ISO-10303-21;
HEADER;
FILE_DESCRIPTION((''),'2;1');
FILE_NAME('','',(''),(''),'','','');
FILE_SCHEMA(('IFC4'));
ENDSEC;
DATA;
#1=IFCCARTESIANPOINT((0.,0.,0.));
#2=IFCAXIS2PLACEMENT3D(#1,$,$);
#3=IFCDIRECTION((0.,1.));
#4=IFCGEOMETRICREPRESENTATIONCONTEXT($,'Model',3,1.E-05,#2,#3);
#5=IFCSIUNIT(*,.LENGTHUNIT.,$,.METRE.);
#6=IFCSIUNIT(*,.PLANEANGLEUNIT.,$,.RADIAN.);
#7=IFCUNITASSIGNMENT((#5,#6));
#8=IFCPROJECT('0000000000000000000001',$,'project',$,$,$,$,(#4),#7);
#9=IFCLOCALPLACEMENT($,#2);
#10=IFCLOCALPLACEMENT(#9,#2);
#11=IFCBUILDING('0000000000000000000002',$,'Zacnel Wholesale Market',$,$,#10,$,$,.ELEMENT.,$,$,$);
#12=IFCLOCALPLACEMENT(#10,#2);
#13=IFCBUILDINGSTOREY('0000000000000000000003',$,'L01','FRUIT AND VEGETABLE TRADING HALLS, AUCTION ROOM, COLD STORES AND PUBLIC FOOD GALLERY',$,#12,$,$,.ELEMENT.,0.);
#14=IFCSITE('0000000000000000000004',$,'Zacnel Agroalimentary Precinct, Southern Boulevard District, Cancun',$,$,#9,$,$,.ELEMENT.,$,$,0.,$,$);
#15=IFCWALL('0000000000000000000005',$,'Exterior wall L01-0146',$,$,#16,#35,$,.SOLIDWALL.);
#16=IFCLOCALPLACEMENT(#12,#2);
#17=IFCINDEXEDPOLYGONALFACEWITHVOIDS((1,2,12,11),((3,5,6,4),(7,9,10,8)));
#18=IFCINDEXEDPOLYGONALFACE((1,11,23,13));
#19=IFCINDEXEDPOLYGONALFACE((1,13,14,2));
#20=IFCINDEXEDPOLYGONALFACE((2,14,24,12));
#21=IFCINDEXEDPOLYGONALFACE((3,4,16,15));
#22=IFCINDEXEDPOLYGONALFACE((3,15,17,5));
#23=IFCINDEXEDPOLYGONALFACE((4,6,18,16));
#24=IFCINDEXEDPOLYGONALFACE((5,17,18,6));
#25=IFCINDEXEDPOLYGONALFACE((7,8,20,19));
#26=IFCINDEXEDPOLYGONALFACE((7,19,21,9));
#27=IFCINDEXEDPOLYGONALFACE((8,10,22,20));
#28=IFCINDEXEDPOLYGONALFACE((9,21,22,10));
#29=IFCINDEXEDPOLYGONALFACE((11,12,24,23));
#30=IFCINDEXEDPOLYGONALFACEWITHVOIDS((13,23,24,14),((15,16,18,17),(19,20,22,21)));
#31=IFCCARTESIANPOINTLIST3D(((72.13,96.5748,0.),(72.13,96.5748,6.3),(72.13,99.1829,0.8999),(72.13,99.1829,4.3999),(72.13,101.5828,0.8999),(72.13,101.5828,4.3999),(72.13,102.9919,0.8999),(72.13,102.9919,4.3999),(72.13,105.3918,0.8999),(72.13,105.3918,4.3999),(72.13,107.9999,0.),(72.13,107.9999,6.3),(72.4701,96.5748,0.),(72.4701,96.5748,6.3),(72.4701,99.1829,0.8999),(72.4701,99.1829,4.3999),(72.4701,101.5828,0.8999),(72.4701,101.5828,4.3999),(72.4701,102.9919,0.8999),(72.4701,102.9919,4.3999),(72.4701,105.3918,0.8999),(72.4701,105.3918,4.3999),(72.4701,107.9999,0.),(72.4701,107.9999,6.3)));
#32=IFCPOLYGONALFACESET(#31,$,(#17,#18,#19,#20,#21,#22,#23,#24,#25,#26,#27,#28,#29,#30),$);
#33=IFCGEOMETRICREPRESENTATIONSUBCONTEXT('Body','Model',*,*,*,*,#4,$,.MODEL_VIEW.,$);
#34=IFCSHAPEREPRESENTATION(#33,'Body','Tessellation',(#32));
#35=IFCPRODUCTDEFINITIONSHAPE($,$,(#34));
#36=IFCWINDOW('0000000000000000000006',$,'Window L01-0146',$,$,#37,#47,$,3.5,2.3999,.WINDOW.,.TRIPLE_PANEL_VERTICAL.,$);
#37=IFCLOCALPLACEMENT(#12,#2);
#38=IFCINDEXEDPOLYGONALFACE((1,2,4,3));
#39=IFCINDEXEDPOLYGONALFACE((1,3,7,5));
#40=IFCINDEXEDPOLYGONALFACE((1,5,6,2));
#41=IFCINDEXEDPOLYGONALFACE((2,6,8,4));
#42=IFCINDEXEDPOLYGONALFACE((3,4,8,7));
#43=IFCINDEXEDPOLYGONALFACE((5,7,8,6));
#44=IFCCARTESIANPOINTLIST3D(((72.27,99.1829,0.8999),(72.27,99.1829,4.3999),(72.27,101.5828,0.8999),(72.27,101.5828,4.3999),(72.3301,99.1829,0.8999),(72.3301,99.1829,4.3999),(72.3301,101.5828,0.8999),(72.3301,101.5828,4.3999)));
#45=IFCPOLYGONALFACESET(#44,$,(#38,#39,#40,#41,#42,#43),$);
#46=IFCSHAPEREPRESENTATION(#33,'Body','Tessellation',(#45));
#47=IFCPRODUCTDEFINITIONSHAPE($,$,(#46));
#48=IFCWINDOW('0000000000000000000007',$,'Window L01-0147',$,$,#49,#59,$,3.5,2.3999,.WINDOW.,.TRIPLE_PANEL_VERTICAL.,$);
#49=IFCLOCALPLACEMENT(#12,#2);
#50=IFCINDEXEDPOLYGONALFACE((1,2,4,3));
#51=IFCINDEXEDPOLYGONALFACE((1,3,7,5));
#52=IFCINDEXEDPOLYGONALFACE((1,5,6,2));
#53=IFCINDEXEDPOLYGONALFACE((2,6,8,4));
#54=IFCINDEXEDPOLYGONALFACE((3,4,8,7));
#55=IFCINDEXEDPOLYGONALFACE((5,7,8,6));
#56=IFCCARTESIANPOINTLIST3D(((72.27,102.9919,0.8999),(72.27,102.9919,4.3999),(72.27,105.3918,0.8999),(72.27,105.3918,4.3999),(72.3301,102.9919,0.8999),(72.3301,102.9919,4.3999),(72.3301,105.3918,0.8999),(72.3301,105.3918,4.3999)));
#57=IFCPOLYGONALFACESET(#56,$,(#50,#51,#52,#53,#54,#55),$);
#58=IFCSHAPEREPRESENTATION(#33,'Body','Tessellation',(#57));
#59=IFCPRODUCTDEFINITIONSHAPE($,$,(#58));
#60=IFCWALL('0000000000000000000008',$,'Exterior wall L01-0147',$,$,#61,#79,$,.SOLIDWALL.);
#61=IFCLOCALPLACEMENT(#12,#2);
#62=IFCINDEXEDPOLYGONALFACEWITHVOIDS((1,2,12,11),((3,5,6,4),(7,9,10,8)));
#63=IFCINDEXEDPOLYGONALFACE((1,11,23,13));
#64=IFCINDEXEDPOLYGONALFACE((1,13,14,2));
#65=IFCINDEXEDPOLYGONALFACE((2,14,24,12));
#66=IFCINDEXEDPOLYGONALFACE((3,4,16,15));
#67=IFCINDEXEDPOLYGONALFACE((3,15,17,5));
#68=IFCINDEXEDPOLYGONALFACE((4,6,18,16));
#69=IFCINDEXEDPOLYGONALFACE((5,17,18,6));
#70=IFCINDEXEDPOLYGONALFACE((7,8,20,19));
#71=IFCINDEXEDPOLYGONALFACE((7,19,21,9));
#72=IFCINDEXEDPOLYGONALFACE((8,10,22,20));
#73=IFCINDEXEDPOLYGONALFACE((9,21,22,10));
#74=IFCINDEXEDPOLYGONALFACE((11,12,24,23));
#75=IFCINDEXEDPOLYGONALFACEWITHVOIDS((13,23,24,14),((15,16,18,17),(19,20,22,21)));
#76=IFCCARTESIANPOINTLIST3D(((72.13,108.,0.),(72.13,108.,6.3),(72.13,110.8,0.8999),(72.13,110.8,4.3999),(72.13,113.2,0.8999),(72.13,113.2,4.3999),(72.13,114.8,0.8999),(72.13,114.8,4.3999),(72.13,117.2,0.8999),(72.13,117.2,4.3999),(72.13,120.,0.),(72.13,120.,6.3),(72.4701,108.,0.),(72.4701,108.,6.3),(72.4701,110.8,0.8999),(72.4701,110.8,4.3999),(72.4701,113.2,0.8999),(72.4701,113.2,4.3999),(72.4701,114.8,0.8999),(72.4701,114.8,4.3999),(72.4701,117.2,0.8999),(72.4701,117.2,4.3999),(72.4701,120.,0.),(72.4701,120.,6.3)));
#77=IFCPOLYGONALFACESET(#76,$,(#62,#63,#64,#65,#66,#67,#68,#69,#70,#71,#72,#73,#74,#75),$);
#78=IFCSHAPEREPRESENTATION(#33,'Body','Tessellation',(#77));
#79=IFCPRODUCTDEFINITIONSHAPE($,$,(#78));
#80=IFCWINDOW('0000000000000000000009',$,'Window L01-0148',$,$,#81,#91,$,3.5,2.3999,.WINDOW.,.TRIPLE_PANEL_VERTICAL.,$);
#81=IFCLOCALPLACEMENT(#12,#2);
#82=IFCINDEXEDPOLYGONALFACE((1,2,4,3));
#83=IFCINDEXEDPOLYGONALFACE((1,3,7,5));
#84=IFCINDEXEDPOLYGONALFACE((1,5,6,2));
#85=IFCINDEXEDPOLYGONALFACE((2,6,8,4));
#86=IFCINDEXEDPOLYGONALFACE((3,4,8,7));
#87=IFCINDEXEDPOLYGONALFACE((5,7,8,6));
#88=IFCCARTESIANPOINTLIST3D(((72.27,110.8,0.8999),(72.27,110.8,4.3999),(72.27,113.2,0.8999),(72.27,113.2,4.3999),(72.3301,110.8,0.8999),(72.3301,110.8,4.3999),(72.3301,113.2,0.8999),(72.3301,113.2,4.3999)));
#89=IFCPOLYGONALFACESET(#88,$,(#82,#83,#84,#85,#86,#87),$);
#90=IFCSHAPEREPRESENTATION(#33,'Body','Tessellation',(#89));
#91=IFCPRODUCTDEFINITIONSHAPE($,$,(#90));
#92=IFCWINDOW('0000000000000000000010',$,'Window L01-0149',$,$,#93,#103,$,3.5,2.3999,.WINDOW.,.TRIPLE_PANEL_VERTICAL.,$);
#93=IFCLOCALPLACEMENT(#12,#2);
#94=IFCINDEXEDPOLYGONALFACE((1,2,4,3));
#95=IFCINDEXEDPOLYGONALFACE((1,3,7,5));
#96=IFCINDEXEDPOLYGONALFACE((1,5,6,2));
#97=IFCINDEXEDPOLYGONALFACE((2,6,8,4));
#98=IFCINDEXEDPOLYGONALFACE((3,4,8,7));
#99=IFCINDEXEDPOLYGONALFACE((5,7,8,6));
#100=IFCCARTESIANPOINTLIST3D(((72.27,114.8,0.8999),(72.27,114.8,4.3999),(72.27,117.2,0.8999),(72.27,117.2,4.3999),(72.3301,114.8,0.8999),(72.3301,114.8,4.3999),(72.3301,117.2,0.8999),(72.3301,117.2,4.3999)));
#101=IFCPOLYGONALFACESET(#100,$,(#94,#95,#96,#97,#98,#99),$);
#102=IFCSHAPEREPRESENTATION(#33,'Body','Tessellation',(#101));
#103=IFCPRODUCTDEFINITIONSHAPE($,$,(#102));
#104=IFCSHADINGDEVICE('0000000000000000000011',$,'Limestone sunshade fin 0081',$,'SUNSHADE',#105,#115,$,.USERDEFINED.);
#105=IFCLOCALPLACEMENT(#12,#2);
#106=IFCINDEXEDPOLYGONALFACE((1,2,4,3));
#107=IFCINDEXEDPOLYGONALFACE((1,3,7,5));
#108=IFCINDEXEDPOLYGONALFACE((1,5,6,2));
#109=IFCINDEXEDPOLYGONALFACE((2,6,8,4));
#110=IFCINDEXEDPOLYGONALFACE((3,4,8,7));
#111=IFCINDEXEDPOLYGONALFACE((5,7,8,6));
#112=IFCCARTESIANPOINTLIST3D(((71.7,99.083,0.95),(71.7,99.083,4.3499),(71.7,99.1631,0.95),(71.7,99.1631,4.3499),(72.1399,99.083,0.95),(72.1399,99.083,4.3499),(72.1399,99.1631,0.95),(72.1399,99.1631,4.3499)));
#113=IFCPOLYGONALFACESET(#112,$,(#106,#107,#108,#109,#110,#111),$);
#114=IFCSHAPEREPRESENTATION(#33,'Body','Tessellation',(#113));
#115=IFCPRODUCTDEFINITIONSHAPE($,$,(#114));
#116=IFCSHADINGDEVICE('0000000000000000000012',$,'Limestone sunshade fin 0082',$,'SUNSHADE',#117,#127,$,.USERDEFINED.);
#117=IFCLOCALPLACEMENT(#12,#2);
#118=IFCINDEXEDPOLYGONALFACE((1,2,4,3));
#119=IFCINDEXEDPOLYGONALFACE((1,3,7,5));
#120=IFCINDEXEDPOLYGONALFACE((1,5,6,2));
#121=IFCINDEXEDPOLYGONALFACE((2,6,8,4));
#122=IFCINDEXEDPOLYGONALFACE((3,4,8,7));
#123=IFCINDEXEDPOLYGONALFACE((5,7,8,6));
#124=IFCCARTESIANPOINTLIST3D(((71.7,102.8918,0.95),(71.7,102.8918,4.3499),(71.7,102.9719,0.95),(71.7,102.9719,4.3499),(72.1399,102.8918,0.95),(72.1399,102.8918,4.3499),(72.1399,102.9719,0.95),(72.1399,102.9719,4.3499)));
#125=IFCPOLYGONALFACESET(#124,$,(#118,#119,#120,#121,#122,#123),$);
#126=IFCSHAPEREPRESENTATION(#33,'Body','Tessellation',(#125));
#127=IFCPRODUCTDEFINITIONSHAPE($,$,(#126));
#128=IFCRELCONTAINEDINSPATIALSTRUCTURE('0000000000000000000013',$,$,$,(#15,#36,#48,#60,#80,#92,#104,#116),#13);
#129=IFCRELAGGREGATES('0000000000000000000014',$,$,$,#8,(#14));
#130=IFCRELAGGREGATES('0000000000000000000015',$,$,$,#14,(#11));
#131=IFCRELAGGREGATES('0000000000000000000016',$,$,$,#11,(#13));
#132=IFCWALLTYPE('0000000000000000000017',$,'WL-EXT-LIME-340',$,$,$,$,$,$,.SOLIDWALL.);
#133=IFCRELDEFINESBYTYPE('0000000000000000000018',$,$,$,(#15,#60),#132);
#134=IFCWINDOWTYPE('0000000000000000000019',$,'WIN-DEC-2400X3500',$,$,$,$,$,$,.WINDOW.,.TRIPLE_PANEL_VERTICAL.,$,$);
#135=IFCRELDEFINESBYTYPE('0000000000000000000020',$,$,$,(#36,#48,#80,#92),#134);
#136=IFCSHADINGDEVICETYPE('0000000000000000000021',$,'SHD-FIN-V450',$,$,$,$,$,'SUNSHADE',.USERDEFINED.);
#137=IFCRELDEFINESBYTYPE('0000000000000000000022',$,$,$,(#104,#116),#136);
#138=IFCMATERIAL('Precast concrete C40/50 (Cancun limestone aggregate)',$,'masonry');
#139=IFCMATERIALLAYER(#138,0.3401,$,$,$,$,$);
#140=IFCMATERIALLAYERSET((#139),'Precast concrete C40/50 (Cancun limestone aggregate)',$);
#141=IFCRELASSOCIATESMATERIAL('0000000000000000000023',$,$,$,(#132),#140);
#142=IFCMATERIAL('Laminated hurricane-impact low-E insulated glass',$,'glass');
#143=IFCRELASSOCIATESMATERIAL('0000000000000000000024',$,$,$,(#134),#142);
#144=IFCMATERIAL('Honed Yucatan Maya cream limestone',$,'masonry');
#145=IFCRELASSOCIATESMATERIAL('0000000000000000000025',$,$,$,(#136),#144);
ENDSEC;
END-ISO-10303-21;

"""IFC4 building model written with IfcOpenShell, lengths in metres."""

from ifc_helpers import new_model, si_unit, direction, frame, frame_2d, origin, origin_2d, place, context, subcontext, project, spatial, rectangle, extrude, material, layer, layer_set, type_object, element, fill, save


model = new_model("IFC4")

# Units and contexts
model_context = context("Model", 3, precision=1e-05, world=origin(), true_north=direction((0.0, 1.0)))
body_context = subcontext(model_context, "Body", "Model", "MODEL_VIEW")
ifc_project = project(units=[si_unit("LENGTHUNIT", "METRE"), si_unit("PLANEANGLEUNIT", "RADIAN")], contexts=[model_context])

# Site, building, storey
site_placement = place(None, origin())
site = spatial("IfcSite", under=ifc_project, at=site_placement, Name="Zacnel Agroalimentary Precinct, Southern Boulevard District, Cancun", CompositionType="ELEMENT", RefElevation=0.0)
building_placement = place(site_placement, origin())
building = spatial("IfcBuilding", under=site, at=building_placement, Name="Zacnel Wholesale Market", CompositionType="ELEMENT")
storey_placement = place(building_placement, origin())
storey = spatial("IfcBuildingStorey", under=building, at=storey_placement, Name="L01", Description="FRUIT AND VEGETABLE TRADING HALLS, AUCTION ROOM, COLD STORES AND PUBLIC FOOD GALLERY", CompositionType="ELEMENT", Elevation=0.0)

# Walls, openings, windows
ifc_material_1 = material(Name="Precast concrete C40/50 (Cancun limestone aggregate)", Category="masonry")
ifc_layer_1 = layer(ifc_material_1, 0.3401)
ifc_layer_set_1 = layer_set([ifc_layer_1], Name="Precast concrete C40/50 (Cancun limestone aggregate)")
wall_type_1 = type_object("IfcWallType", Name="WL-EXT-LIME-340", PredefinedType="SOLIDWALL", material=ifc_layer_set_1)
wall_1_placement = place(storey_placement, frame((72.3, 96.575, 0.0), z_axis=(0.0, 0.0, 1.0), x_axis=(0.0, 1.0, 0.0)))
wall_1 = element("IfcWall", 1, at=wall_1_placement, inside=storey, type_object=wall_type_1, Name="Exterior wall L01-0146", PredefinedType="SOLIDWALL", context=body_context, shape_type="SweptSolid", body=[
    extrude(rectangle(XDim=11.425, YDim=0.3401, at=frame_2d((5.7124, 0.0))), origin(), (0.0, 0.0, 1.0), 6.3),
])
opening_1_placement = place(wall_1_placement, frame((2.6079, 0.0, 0.8999)))
opening_1 = element("IfcOpeningElement", 2, at=opening_1_placement, cuts=wall_1, PredefinedType="OPENING", context=body_context, shape_type="SweptSolid", body=[
    extrude(rectangle(XDim=2.3999, YDim=3.5, at=frame_2d((1.2, 1.75))), frame((0.0, 0.1799, 0.0), z_axis=(0.0, -1.0, 0.0), x_axis=(1.0, 0.0, 0.0)), (0.0, 0.0, 1.0), 0.3601),
])
opening_2_placement = place(wall_1_placement, frame((6.417, 0.0, 0.8999)))
opening_2 = element("IfcOpeningElement", 3, at=opening_2_placement, cuts=wall_1, PredefinedType="OPENING", context=body_context, shape_type="SweptSolid", body=[
    extrude(rectangle(XDim=2.3999, YDim=3.5, at=frame_2d((1.2, 1.75))), frame((0.0, 0.1799, 0.0), z_axis=(0.0, -1.0, 0.0), x_axis=(1.0, 0.0, 0.0)), (0.0, 0.0, 1.0), 0.3601),
])
ifc_material_2 = material(Name="Laminated hurricane-impact low-E insulated glass", Category="glass")
window_type_1 = type_object("IfcWindowType", Name="WIN-DEC-2400X3500", PartitioningType="TRIPLE_PANEL_VERTICAL", PredefinedType="WINDOW", material=ifc_material_2)
window_1_placement = place(opening_1_placement, origin())
window_1 = element("IfcWindow", 4, at=window_1_placement, inside=storey, type_object=window_type_1, Name="Window L01-0146", OverallHeight=3.5, OverallWidth=2.3999, PartitioningType="TRIPLE_PANEL_VERTICAL", PredefinedType="WINDOW", context=body_context, shape_type="SweptSolid", body=[
    extrude(rectangle(XDim=2.3999, YDim=3.5, at=frame_2d((1.2, 1.75))), frame((0.0, 0.03, 0.0), z_axis=(0.0, -1.0, 0.0), x_axis=(1.0, 0.0, 0.0)), (0.0, 0.0, 1.0), 0.0601),
])
fill(opening_1, window_1)
window_2_placement = place(opening_2_placement, origin())
window_2 = element("IfcWindow", 5, at=window_2_placement, inside=storey, type_object=window_type_1, Name="Window L01-0147", OverallHeight=3.5, OverallWidth=2.3999, PartitioningType="TRIPLE_PANEL_VERTICAL", PredefinedType="WINDOW", context=body_context, shape_type="SweptSolid", body=[
    extrude(rectangle(XDim=2.3999, YDim=3.5, at=frame_2d((1.2, 1.75))), frame((0.0, 0.03, 0.0), z_axis=(0.0, -1.0, 0.0), x_axis=(1.0, 0.0, 0.0)), (0.0, 0.0, 1.0), 0.0601),
])
fill(opening_2, window_2)
wall_2_placement = place(storey_placement, frame((72.3, 108.0, 0.0), z_axis=(0.0, 0.0, 1.0), x_axis=(0.0, 1.0, 0.0)))
wall_2 = element("IfcWall", 6, at=wall_2_placement, inside=storey, type_object=wall_type_1, Name="Exterior wall L01-0147", PredefinedType="SOLIDWALL", context=body_context, shape_type="SweptSolid", body=[
    extrude(rectangle(XDim=12.0, YDim=0.3401, at=frame_2d((6.0, 0.0))), origin(), (0.0, 0.0, 1.0), 6.3),
])
opening_3_placement = place(wall_2_placement, frame((2.8, 0.0, 0.8999)))
opening_3 = element("IfcOpeningElement", 7, at=opening_3_placement, cuts=wall_2, PredefinedType="OPENING", context=body_context, shape_type="SweptSolid", body=[
    extrude(rectangle(XDim=2.3999, YDim=3.5, at=frame_2d((1.2, 1.75))), frame((0.0, 0.1799, 0.0), z_axis=(0.0, -1.0, 0.0), x_axis=(1.0, 0.0, 0.0)), (0.0, 0.0, 1.0), 0.3601),
])
opening_4_placement = place(wall_2_placement, frame((6.8, 0.0, 0.8999)))
opening_4 = element("IfcOpeningElement", 8, at=opening_4_placement, cuts=wall_2, PredefinedType="OPENING", context=body_context, shape_type="SweptSolid", body=[
    extrude(rectangle(XDim=2.3999, YDim=3.5, at=frame_2d((1.2, 1.75))), frame((0.0, 0.1799, 0.0), z_axis=(0.0, -1.0, 0.0), x_axis=(1.0, 0.0, 0.0)), (0.0, 0.0, 1.0), 0.3601),
])
window_3_placement = place(opening_3_placement, origin())
window_3 = element("IfcWindow", 9, at=window_3_placement, inside=storey, type_object=window_type_1, Name="Window L01-0148", OverallHeight=3.5, OverallWidth=2.3999, PartitioningType="TRIPLE_PANEL_VERTICAL", PredefinedType="WINDOW", context=body_context, shape_type="SweptSolid", body=[
    extrude(rectangle(XDim=2.3999, YDim=3.5, at=frame_2d((1.2, 1.75))), frame((0.0, 0.03, 0.0), z_axis=(0.0, -1.0, 0.0), x_axis=(1.0, 0.0, 0.0)), (0.0, 0.0, 1.0), 0.0601),
])
fill(opening_3, window_3)
window_4_placement = place(opening_4_placement, origin())
window_4 = element("IfcWindow", 10, at=window_4_placement, inside=storey, type_object=window_type_1, Name="Window L01-0149", OverallHeight=3.5, OverallWidth=2.3999, PartitioningType="TRIPLE_PANEL_VERTICAL", PredefinedType="WINDOW", context=body_context, shape_type="SweptSolid", body=[
    extrude(rectangle(XDim=2.3999, YDim=3.5, at=frame_2d((1.2, 1.75))), frame((0.0, 0.03, 0.0), z_axis=(0.0, -1.0, 0.0), x_axis=(1.0, 0.0, 0.0)), (0.0, 0.0, 1.0), 0.0601),
])
fill(opening_4, window_4)

# Shading devices
ifc_material_3 = material(Name="Honed Yucatan Maya cream limestone", Category="masonry")
shading_device_type = type_object("IfcShadingDeviceType", Name="SHD-FIN-V450", ElementType="SUNSHADE", PredefinedType="USERDEFINED", material=ifc_material_3)
for number, where, z_axis, x_axis, name in (
    (11, (71.9199, 99.123, 0.95), (0.0, 0.0, 1.0), (0.0, 1.0, 0.0), "Limestone sunshade fin 0081"),
    (12, (71.9199, 102.9319, 0.95), (0.0, 0.0, 1.0), (0.0, 1.0, 0.0), "Limestone sunshade fin 0082"),
):
    element("IfcShadingDevice", number, at=place(storey_placement, frame(where, z_axis=z_axis, x_axis=x_axis)), inside=storey, type_object=shading_device_type, Name=name, ObjectType="SUNSHADE", PredefinedType="USERDEFINED", context=body_context, shape_type="SweptSolid", body=[
        extrude(rectangle(XDim=0.0801, YDim=0.4399, at=origin_2d()), origin(), (0.0, 0.0, 1.0), 3.3999),
    ])

save(model, "model.ifc")
